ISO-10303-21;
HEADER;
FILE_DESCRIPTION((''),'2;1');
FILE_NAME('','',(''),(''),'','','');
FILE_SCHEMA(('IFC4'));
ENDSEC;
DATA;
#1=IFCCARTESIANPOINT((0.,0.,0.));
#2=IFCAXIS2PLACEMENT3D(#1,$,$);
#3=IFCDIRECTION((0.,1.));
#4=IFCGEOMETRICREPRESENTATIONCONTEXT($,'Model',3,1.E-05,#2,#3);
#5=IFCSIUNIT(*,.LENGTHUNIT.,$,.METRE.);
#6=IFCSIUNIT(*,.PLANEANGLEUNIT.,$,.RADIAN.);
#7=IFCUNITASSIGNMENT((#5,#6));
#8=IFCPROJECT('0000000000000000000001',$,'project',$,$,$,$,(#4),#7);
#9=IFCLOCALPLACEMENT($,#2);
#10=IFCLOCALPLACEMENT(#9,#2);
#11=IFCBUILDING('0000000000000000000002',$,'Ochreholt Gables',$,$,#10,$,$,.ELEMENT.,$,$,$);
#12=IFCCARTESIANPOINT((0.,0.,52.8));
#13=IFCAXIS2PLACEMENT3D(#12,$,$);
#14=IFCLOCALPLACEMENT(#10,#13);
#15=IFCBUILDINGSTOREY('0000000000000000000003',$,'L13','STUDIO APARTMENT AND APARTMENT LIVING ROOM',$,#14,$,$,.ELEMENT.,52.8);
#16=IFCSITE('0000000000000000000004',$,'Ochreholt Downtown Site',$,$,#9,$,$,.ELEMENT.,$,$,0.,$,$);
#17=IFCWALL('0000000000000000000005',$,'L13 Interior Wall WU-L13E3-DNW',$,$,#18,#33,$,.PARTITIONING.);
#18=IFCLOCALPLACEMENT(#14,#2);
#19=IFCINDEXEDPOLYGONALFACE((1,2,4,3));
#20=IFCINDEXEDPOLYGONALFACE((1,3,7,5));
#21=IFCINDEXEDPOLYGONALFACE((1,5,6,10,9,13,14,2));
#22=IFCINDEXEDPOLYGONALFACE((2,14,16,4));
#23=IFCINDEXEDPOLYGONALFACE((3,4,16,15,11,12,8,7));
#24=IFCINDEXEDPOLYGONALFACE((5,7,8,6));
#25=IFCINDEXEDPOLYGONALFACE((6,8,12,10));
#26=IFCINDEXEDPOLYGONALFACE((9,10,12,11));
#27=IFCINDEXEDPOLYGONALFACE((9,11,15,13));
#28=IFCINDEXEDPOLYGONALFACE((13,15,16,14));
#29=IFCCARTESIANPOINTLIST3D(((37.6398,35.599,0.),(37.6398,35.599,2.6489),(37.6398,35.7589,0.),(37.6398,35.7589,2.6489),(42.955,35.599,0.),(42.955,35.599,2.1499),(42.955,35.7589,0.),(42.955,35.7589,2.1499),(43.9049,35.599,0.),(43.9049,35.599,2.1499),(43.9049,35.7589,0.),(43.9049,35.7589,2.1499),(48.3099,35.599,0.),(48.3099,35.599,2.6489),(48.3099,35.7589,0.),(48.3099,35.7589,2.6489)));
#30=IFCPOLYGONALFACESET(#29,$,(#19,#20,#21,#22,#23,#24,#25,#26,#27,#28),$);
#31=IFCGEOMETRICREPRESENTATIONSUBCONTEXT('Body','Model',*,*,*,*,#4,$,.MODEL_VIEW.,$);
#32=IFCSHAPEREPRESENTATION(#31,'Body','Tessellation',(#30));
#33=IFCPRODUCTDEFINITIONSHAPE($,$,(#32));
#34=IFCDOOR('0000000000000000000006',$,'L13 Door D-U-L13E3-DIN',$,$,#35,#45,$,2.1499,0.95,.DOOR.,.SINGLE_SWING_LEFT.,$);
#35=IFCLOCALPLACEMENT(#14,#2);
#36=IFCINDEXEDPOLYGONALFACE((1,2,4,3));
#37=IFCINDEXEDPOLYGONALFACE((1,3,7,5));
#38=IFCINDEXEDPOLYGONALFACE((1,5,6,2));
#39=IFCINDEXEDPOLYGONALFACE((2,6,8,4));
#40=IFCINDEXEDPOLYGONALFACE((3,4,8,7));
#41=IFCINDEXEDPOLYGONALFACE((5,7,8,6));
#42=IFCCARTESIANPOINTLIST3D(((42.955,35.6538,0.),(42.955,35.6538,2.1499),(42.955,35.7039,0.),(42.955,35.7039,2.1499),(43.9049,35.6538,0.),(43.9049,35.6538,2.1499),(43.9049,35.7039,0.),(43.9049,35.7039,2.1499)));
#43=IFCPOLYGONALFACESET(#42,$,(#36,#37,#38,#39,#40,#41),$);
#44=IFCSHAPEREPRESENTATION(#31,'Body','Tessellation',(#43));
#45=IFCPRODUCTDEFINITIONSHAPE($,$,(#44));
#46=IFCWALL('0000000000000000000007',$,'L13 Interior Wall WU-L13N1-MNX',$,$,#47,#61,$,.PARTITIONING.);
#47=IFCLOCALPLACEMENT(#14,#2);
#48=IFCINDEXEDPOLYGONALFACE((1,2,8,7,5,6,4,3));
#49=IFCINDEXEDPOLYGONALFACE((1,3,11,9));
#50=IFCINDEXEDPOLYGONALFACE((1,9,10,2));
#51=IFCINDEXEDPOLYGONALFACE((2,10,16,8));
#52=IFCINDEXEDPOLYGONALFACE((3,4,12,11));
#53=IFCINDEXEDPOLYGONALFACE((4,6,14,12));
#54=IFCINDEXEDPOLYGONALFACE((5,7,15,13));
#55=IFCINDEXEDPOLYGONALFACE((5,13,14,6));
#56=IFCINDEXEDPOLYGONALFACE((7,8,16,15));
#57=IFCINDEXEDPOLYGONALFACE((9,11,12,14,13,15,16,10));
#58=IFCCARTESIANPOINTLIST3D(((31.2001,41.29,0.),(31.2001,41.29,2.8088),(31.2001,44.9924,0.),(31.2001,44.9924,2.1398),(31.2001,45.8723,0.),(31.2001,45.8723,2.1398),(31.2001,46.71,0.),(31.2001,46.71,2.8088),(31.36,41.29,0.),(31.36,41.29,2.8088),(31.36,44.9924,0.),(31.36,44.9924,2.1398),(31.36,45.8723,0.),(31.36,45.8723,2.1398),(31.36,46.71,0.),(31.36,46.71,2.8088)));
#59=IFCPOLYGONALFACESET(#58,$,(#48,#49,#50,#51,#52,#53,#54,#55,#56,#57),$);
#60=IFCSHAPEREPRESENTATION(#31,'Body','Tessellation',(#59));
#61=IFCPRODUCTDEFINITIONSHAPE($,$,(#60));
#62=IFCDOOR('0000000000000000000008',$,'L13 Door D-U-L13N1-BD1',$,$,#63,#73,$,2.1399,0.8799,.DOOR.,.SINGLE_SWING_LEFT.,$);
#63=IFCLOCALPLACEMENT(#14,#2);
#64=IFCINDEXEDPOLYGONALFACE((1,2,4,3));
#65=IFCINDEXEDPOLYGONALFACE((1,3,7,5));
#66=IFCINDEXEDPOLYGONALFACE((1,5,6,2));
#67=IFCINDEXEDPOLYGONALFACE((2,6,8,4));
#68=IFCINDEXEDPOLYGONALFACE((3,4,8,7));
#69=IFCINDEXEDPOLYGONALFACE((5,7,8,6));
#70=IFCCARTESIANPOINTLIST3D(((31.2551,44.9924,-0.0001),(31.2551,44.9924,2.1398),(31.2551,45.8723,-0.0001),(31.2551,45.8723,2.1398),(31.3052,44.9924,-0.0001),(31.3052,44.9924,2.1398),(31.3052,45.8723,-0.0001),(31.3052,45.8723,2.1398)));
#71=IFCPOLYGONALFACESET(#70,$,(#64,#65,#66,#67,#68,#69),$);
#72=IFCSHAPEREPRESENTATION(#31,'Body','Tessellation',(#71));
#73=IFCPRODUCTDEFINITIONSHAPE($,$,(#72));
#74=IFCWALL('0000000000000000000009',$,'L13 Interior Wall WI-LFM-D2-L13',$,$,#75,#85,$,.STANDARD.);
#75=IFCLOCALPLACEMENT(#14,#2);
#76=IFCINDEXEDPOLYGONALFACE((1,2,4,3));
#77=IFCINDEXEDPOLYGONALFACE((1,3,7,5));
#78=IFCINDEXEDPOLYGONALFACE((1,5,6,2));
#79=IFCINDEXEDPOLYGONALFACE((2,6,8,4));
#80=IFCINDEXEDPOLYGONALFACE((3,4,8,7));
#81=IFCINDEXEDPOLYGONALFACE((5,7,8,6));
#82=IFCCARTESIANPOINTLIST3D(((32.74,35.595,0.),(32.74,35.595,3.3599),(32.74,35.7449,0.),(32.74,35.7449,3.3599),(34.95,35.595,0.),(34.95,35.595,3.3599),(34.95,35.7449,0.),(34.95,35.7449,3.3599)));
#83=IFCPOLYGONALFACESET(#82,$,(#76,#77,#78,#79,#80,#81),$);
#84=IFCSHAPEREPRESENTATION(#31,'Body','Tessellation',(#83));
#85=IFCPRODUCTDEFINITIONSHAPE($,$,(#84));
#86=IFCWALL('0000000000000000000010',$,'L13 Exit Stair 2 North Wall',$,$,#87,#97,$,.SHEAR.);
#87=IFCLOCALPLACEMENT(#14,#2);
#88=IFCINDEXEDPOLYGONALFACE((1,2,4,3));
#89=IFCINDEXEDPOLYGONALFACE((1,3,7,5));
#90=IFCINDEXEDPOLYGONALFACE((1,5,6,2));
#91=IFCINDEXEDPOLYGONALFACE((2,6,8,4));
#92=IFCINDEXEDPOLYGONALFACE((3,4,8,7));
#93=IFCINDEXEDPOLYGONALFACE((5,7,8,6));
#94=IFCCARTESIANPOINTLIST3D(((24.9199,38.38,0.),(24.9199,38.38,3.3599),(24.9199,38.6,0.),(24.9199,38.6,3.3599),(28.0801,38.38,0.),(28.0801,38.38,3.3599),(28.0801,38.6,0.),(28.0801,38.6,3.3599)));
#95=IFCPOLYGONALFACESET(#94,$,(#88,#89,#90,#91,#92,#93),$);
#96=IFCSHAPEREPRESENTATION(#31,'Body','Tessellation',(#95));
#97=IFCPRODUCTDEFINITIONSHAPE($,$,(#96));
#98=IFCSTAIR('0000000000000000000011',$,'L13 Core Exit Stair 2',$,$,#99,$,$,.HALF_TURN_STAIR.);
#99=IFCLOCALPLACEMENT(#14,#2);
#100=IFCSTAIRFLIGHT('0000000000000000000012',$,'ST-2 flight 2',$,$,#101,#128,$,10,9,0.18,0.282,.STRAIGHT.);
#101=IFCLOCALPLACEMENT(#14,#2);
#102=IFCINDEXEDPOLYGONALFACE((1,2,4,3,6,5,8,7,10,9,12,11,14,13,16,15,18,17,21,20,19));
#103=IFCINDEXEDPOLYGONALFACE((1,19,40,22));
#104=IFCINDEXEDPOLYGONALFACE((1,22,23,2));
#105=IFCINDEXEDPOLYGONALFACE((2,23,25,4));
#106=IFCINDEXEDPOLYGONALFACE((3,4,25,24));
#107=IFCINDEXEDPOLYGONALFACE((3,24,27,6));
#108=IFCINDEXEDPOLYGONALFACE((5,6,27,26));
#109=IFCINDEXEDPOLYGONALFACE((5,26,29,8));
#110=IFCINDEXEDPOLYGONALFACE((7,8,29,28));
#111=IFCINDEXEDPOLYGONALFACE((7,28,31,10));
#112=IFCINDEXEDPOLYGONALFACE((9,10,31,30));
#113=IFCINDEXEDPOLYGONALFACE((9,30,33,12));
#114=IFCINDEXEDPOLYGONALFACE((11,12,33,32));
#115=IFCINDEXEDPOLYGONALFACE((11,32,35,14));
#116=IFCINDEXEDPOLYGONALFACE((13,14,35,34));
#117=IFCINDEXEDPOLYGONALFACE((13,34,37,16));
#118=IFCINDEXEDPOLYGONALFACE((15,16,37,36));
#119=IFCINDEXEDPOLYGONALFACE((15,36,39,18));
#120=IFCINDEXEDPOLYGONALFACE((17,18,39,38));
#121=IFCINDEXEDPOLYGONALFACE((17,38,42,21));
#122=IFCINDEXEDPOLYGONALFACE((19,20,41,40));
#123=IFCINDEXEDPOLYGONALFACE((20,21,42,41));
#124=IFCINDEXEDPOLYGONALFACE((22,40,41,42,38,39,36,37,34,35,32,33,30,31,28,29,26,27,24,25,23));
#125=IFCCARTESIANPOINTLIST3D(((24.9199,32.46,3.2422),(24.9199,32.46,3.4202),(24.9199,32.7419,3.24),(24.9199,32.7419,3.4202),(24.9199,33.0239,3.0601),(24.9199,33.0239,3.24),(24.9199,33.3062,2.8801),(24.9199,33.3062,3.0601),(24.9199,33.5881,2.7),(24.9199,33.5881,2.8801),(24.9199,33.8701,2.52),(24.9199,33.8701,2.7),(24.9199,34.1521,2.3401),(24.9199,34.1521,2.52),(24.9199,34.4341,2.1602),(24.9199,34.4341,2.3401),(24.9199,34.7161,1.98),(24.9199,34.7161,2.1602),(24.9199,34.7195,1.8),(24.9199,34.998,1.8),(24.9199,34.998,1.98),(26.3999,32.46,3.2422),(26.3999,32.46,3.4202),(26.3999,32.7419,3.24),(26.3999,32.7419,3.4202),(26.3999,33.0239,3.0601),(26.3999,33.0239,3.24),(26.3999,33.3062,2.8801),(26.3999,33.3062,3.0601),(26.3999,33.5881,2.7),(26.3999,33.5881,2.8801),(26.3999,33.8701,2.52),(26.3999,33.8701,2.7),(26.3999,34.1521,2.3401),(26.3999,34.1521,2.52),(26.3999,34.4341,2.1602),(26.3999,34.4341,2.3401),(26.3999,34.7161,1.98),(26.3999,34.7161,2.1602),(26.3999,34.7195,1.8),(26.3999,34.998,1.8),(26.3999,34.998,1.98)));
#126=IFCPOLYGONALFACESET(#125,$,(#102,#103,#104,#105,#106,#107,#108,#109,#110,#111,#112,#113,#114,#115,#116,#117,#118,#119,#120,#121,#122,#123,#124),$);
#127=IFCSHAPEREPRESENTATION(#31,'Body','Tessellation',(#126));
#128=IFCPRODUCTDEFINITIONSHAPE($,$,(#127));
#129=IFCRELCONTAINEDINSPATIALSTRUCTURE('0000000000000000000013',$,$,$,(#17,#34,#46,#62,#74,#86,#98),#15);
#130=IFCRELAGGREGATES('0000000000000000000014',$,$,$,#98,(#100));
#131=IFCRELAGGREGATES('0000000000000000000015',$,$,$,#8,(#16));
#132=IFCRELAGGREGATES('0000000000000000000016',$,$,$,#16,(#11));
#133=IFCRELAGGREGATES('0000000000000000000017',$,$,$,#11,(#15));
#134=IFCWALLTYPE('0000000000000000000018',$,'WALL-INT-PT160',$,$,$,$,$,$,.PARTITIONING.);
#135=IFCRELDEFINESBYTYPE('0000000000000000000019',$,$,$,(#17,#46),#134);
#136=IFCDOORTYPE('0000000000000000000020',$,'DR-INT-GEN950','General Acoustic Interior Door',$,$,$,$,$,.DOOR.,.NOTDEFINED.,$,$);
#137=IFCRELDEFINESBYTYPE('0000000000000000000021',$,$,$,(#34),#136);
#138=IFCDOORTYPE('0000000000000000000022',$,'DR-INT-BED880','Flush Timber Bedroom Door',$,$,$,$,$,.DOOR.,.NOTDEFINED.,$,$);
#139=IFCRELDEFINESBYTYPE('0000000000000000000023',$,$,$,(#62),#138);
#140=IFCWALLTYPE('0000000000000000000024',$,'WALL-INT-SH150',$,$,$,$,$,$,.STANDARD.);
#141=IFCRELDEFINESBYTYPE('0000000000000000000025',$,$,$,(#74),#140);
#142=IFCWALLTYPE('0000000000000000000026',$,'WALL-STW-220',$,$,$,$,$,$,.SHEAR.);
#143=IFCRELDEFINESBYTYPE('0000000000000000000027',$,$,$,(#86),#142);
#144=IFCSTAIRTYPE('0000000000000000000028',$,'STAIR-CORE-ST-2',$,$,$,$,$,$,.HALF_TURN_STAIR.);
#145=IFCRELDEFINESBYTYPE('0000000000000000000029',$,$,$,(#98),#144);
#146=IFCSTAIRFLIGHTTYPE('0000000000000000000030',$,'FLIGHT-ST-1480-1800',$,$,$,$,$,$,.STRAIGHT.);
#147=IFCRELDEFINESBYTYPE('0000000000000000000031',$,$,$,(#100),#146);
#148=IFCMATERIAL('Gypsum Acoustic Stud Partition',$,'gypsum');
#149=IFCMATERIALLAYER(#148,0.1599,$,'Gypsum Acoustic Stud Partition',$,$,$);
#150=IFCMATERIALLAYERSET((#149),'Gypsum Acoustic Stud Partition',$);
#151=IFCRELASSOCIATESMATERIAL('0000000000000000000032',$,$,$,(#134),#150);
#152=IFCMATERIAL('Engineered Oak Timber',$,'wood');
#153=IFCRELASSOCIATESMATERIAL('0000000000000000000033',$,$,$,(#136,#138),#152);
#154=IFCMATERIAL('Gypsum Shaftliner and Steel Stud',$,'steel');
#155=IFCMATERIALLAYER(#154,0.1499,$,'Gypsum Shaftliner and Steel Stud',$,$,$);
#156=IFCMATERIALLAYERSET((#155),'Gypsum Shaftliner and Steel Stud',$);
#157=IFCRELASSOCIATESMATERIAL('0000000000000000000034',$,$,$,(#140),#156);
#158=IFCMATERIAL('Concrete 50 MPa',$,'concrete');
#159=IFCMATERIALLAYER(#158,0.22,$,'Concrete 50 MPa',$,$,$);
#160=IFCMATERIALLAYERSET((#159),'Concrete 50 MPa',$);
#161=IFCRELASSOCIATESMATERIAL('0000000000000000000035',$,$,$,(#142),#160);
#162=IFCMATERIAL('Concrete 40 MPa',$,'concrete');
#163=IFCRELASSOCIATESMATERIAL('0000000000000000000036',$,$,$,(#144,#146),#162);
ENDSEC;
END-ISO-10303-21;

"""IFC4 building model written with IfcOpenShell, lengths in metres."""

from ifc_helpers import new_model, si_unit, direction, frame, frame_2d, origin, place, context, subcontext, project, spatial, polyline, rectangle, outline, extrude, material, layer, layer_set, type_object, element, fill, aggregate, save


model = new_model("IFC4")

# Units and contexts
model_context = context("Model", 3, precision=1e-05, world=origin(), true_north=direction((0.0, 1.0)))
body_context = subcontext(model_context, "Body", "Model", "MODEL_VIEW")
ifc_project = project(units=[si_unit("LENGTHUNIT", "METRE"), si_unit("PLANEANGLEUNIT", "RADIAN")], contexts=[model_context])

# Site, building, storey
site_placement = place(None, origin())
site = spatial("IfcSite", under=ifc_project, at=site_placement, Name="Ochreholt Downtown Site", CompositionType="ELEMENT", RefElevation=0.0)
building_placement = place(site_placement, origin())
building = spatial("IfcBuilding", under=site, at=building_placement, Name="Ochreholt Gables", CompositionType="ELEMENT")
storey_placement = place(building_placement, frame((0.0, 0.0, 52.8)))
storey = spatial("IfcBuildingStorey", under=building, at=storey_placement, Name="L13", Description="STUDIO APARTMENT AND APARTMENT LIVING ROOM", CompositionType="ELEMENT", Elevation=52.8)

# Shared definitions
ifc_material_1 = material(Name="Engineered Oak Timber", Category="wood")

# Walls, openings, doors
ifc_material_2 = material(Name="Gypsum Acoustic Stud Partition", Category="gypsum")
ifc_layer_1 = layer(ifc_material_2, 0.1599, Name="Gypsum Acoustic Stud Partition")
ifc_layer_set_1 = layer_set([ifc_layer_1], Name="Gypsum Acoustic Stud Partition")
wall_type_1 = type_object("IfcWallType", Name="WALL-INT-PT160", PredefinedType="PARTITIONING", material=ifc_layer_set_1)
wall_1_placement = place(storey_placement, frame((37.6399, 35.679, 0.0), z_axis=(0.0, 0.0, 1.0), x_axis=(1.0, 0.0, 0.0)))
wall_1 = element("IfcWall", 1, at=wall_1_placement, inside=storey, type_object=wall_type_1, Name="L13 Interior Wall WU-L13E3-DNW", PredefinedType="PARTITIONING", context=body_context, shape_type="SweptSolid", body=[
    extrude(rectangle(XDim=10.6702, YDim=0.1599, at=frame_2d((5.335, 0.0))), origin(), (0.0, 0.0, 1.0), 2.6489),
])
opening_1_placement = place(wall_1_placement, frame((5.3149, 0.0, 0.0)))
opening_1 = element("IfcOpeningElement", 2, at=opening_1_placement, cuts=wall_1, PredefinedType="OPENING", context=body_context, shape_type="SweptSolid", body=[
    extrude(rectangle(XDim=0.95, YDim=2.1499, at=frame_2d((0.4751, 1.075))), frame((0.0, 0.0898, 0.0), z_axis=(0.0, -1.0, 0.0), x_axis=(1.0, 0.0, 0.0)), (0.0, 0.0, 1.0), 0.1799),
])
door_type_1 = type_object("IfcDoorType", Name="DR-INT-GEN950", Description="General Acoustic Interior Door", OperationType="NOTDEFINED", PredefinedType="DOOR", material=ifc_material_1)
door_1_placement = place(opening_1_placement, origin())
door_1 = element("IfcDoor", 3, at=door_1_placement, inside=storey, type_object=door_type_1, Name="L13 Door D-U-L13E3-DIN", OperationType="SINGLE_SWING_LEFT", OverallHeight=2.1499, OverallWidth=0.95, PredefinedType="DOOR", context=body_context, shape_type="SweptSolid", body=[
    extrude(rectangle(XDim=0.95, YDim=2.1499, at=frame_2d((0.4751, 1.075))), frame((0.0, 0.0249, 0.0), z_axis=(0.0, -1.0, 0.0), x_axis=(1.0, 0.0, 0.0)), (0.0, 0.0, 1.0), 0.05),
])
fill(opening_1, door_1)
wall_2_placement = place(storey_placement, frame((31.28, 41.29, 0.0), z_axis=(0.0, 0.0, 1.0), x_axis=(0.0, 1.0, 0.0)))
wall_2 = element("IfcWall", 4, at=wall_2_placement, inside=storey, type_object=wall_type_1, Name="L13 Interior Wall WU-L13N1-MNX", PredefinedType="PARTITIONING", context=body_context, shape_type="SweptSolid", body=[
    extrude(rectangle(XDim=5.4199, YDim=0.1599, at=frame_2d((2.71, 0.0))), origin(), (0.0, 0.0, 1.0), 2.8088),
])
opening_2_placement = place(wall_2_placement, frame((3.7024, 0.0, 0.0)))
opening_2 = element("IfcOpeningElement", 5, at=opening_2_placement, cuts=wall_2, PredefinedType="OPENING", context=body_context, shape_type="SweptSolid", body=[
    extrude(rectangle(XDim=0.8799, YDim=2.1399, at=frame_2d((0.4399, 1.0698))), frame((0.0, 0.0898, 0.0), z_axis=(0.0, -1.0, 0.0), x_axis=(1.0, 0.0, 0.0)), (0.0, 0.0, 1.0), 0.1799),
])
door_type_2 = type_object("IfcDoorType", Name="DR-INT-BED880", Description="Flush Timber Bedroom Door", OperationType="NOTDEFINED", PredefinedType="DOOR", material=ifc_material_1)
door_2_placement = place(opening_2_placement, origin())
door_2 = element("IfcDoor", 6, at=door_2_placement, inside=storey, type_object=door_type_2, Name="L13 Door D-U-L13N1-BD1", OperationType="SINGLE_SWING_LEFT", OverallHeight=2.1399, OverallWidth=0.8799, PredefinedType="DOOR", context=body_context, shape_type="SweptSolid", body=[
    extrude(rectangle(XDim=0.8799, YDim=2.1399, at=frame_2d((0.4399, 1.0698))), frame((0.0, 0.0249, 0.0), z_axis=(0.0, -1.0, 0.0), x_axis=(1.0, 0.0, 0.0)), (0.0, 0.0, 1.0), 0.05),
])
fill(opening_2, door_2)

# Walls
ifc_material_3 = material(Name="Gypsum Shaftliner and Steel Stud", Category="steel")
ifc_layer_2 = layer(ifc_material_3, 0.1499, Name="Gypsum Shaftliner and Steel Stud")
ifc_layer_set_2 = layer_set([ifc_layer_2], Name="Gypsum Shaftliner and Steel Stud")
wall_type_2 = type_object("IfcWallType", Name="WALL-INT-SH150", PredefinedType="STANDARD", material=ifc_layer_set_2)
wall_3_placement = place(storey_placement, frame((32.74, 35.6699, 0.0), z_axis=(0.0, 0.0, 1.0), x_axis=(1.0, 0.0, 0.0)))
element("IfcWall", 7, at=wall_3_placement, inside=storey, type_object=wall_type_2, Name="L13 Interior Wall WI-LFM-D2-L13", PredefinedType="STANDARD", context=body_context, shape_type="SweptSolid", body=[
    extrude(rectangle(XDim=2.21, YDim=0.1499, at=frame_2d((1.105, 0.0))), origin(), (0.0, 0.0, 1.0), 3.3599),
])
ifc_material_4 = material(Name="Concrete 50 MPa", Category="concrete")
ifc_layer_3 = layer(ifc_material_4, 0.22, Name="Concrete 50 MPa")
ifc_layer_set_3 = layer_set([ifc_layer_3], Name="Concrete 50 MPa")
wall_type_3 = type_object("IfcWallType", Name="WALL-STW-220", PredefinedType="SHEAR", material=ifc_layer_set_3)
wall_4_placement = place(storey_placement, frame((24.9199, 38.49, 0.0), z_axis=(0.0, 0.0, 1.0), x_axis=(1.0, 0.0, 0.0)))
element("IfcWall", 8, at=wall_4_placement, inside=storey, type_object=wall_type_3, Name="L13 Exit Stair 2 North Wall", PredefinedType="SHEAR", context=body_context, shape_type="SweptSolid", body=[
    extrude(rectangle(XDim=3.1602, YDim=0.22, at=frame_2d((1.5801, 0.0))), origin(), (0.0, 0.0, 1.0), 3.3599),
])

# Stair, stair flight
ifc_material_5 = material(Name="Concrete 40 MPa", Category="concrete")
stair_type = type_object("IfcStairType", Name="STAIR-CORE-ST-2", PredefinedType="HALF_TURN_STAIR", material=ifc_material_5)
stair_placement = place(storey_placement, origin())
stair = element("IfcStair", 9, at=stair_placement, inside=storey, type_object=stair_type, Name="L13 Core Exit Stair 2", PredefinedType="HALF_TURN_STAIR")
stair_flight_type = type_object("IfcStairFlightType", Name="FLIGHT-ST-1480-1800", PredefinedType="STRAIGHT", material=ifc_material_5)
stair_flight_placement = place(storey_placement, frame((25.6599, 34.998, 1.8), z_axis=(0.0, 0.0, 1.0), x_axis=(0.0, -1.0, 0.0)))
stair_flight = element("IfcStairFlight", 10, at=stair_flight_placement, type_object=stair_flight_type, Name="ST-2 flight 2", NumberOfRisers=10, NumberOfTreads=9, PredefinedType="STRAIGHT", RiserHeight=0.18, TreadLength=0.282, context=body_context, shape_type="SweptSolid", body=[
    extrude(outline(polyline([(0.0, 0.0), (0.0, 0.1799), (0.282, 0.1799), (0.282, 0.3601), (0.564, 0.3601), (0.564, 0.54), (0.8459, 0.54), (0.8459, 0.72), (1.1279, 0.72), (1.1279, 0.8999), (1.4099, 0.8999), (1.4099, 1.0801), (1.6919, 1.0801), (1.6919, 1.26), (1.9741, 1.26), (1.9741, 1.4399), (2.2561, 1.4399), (2.2561, 1.6201), (2.5381, 1.6201), (2.5381, 1.8), (2.5381, 1.4421), (0.2786, 0.0), (0.0, 0.0)])), frame((0.0, 0.74, 0.0), z_axis=(0.0, -1.0, 0.0), x_axis=(1.0, 0.0, 0.0)), (0.0, 0.0, 1.0), 1.48),
])
aggregate(stair, [stair_flight])

save(model, "model.ifc")
